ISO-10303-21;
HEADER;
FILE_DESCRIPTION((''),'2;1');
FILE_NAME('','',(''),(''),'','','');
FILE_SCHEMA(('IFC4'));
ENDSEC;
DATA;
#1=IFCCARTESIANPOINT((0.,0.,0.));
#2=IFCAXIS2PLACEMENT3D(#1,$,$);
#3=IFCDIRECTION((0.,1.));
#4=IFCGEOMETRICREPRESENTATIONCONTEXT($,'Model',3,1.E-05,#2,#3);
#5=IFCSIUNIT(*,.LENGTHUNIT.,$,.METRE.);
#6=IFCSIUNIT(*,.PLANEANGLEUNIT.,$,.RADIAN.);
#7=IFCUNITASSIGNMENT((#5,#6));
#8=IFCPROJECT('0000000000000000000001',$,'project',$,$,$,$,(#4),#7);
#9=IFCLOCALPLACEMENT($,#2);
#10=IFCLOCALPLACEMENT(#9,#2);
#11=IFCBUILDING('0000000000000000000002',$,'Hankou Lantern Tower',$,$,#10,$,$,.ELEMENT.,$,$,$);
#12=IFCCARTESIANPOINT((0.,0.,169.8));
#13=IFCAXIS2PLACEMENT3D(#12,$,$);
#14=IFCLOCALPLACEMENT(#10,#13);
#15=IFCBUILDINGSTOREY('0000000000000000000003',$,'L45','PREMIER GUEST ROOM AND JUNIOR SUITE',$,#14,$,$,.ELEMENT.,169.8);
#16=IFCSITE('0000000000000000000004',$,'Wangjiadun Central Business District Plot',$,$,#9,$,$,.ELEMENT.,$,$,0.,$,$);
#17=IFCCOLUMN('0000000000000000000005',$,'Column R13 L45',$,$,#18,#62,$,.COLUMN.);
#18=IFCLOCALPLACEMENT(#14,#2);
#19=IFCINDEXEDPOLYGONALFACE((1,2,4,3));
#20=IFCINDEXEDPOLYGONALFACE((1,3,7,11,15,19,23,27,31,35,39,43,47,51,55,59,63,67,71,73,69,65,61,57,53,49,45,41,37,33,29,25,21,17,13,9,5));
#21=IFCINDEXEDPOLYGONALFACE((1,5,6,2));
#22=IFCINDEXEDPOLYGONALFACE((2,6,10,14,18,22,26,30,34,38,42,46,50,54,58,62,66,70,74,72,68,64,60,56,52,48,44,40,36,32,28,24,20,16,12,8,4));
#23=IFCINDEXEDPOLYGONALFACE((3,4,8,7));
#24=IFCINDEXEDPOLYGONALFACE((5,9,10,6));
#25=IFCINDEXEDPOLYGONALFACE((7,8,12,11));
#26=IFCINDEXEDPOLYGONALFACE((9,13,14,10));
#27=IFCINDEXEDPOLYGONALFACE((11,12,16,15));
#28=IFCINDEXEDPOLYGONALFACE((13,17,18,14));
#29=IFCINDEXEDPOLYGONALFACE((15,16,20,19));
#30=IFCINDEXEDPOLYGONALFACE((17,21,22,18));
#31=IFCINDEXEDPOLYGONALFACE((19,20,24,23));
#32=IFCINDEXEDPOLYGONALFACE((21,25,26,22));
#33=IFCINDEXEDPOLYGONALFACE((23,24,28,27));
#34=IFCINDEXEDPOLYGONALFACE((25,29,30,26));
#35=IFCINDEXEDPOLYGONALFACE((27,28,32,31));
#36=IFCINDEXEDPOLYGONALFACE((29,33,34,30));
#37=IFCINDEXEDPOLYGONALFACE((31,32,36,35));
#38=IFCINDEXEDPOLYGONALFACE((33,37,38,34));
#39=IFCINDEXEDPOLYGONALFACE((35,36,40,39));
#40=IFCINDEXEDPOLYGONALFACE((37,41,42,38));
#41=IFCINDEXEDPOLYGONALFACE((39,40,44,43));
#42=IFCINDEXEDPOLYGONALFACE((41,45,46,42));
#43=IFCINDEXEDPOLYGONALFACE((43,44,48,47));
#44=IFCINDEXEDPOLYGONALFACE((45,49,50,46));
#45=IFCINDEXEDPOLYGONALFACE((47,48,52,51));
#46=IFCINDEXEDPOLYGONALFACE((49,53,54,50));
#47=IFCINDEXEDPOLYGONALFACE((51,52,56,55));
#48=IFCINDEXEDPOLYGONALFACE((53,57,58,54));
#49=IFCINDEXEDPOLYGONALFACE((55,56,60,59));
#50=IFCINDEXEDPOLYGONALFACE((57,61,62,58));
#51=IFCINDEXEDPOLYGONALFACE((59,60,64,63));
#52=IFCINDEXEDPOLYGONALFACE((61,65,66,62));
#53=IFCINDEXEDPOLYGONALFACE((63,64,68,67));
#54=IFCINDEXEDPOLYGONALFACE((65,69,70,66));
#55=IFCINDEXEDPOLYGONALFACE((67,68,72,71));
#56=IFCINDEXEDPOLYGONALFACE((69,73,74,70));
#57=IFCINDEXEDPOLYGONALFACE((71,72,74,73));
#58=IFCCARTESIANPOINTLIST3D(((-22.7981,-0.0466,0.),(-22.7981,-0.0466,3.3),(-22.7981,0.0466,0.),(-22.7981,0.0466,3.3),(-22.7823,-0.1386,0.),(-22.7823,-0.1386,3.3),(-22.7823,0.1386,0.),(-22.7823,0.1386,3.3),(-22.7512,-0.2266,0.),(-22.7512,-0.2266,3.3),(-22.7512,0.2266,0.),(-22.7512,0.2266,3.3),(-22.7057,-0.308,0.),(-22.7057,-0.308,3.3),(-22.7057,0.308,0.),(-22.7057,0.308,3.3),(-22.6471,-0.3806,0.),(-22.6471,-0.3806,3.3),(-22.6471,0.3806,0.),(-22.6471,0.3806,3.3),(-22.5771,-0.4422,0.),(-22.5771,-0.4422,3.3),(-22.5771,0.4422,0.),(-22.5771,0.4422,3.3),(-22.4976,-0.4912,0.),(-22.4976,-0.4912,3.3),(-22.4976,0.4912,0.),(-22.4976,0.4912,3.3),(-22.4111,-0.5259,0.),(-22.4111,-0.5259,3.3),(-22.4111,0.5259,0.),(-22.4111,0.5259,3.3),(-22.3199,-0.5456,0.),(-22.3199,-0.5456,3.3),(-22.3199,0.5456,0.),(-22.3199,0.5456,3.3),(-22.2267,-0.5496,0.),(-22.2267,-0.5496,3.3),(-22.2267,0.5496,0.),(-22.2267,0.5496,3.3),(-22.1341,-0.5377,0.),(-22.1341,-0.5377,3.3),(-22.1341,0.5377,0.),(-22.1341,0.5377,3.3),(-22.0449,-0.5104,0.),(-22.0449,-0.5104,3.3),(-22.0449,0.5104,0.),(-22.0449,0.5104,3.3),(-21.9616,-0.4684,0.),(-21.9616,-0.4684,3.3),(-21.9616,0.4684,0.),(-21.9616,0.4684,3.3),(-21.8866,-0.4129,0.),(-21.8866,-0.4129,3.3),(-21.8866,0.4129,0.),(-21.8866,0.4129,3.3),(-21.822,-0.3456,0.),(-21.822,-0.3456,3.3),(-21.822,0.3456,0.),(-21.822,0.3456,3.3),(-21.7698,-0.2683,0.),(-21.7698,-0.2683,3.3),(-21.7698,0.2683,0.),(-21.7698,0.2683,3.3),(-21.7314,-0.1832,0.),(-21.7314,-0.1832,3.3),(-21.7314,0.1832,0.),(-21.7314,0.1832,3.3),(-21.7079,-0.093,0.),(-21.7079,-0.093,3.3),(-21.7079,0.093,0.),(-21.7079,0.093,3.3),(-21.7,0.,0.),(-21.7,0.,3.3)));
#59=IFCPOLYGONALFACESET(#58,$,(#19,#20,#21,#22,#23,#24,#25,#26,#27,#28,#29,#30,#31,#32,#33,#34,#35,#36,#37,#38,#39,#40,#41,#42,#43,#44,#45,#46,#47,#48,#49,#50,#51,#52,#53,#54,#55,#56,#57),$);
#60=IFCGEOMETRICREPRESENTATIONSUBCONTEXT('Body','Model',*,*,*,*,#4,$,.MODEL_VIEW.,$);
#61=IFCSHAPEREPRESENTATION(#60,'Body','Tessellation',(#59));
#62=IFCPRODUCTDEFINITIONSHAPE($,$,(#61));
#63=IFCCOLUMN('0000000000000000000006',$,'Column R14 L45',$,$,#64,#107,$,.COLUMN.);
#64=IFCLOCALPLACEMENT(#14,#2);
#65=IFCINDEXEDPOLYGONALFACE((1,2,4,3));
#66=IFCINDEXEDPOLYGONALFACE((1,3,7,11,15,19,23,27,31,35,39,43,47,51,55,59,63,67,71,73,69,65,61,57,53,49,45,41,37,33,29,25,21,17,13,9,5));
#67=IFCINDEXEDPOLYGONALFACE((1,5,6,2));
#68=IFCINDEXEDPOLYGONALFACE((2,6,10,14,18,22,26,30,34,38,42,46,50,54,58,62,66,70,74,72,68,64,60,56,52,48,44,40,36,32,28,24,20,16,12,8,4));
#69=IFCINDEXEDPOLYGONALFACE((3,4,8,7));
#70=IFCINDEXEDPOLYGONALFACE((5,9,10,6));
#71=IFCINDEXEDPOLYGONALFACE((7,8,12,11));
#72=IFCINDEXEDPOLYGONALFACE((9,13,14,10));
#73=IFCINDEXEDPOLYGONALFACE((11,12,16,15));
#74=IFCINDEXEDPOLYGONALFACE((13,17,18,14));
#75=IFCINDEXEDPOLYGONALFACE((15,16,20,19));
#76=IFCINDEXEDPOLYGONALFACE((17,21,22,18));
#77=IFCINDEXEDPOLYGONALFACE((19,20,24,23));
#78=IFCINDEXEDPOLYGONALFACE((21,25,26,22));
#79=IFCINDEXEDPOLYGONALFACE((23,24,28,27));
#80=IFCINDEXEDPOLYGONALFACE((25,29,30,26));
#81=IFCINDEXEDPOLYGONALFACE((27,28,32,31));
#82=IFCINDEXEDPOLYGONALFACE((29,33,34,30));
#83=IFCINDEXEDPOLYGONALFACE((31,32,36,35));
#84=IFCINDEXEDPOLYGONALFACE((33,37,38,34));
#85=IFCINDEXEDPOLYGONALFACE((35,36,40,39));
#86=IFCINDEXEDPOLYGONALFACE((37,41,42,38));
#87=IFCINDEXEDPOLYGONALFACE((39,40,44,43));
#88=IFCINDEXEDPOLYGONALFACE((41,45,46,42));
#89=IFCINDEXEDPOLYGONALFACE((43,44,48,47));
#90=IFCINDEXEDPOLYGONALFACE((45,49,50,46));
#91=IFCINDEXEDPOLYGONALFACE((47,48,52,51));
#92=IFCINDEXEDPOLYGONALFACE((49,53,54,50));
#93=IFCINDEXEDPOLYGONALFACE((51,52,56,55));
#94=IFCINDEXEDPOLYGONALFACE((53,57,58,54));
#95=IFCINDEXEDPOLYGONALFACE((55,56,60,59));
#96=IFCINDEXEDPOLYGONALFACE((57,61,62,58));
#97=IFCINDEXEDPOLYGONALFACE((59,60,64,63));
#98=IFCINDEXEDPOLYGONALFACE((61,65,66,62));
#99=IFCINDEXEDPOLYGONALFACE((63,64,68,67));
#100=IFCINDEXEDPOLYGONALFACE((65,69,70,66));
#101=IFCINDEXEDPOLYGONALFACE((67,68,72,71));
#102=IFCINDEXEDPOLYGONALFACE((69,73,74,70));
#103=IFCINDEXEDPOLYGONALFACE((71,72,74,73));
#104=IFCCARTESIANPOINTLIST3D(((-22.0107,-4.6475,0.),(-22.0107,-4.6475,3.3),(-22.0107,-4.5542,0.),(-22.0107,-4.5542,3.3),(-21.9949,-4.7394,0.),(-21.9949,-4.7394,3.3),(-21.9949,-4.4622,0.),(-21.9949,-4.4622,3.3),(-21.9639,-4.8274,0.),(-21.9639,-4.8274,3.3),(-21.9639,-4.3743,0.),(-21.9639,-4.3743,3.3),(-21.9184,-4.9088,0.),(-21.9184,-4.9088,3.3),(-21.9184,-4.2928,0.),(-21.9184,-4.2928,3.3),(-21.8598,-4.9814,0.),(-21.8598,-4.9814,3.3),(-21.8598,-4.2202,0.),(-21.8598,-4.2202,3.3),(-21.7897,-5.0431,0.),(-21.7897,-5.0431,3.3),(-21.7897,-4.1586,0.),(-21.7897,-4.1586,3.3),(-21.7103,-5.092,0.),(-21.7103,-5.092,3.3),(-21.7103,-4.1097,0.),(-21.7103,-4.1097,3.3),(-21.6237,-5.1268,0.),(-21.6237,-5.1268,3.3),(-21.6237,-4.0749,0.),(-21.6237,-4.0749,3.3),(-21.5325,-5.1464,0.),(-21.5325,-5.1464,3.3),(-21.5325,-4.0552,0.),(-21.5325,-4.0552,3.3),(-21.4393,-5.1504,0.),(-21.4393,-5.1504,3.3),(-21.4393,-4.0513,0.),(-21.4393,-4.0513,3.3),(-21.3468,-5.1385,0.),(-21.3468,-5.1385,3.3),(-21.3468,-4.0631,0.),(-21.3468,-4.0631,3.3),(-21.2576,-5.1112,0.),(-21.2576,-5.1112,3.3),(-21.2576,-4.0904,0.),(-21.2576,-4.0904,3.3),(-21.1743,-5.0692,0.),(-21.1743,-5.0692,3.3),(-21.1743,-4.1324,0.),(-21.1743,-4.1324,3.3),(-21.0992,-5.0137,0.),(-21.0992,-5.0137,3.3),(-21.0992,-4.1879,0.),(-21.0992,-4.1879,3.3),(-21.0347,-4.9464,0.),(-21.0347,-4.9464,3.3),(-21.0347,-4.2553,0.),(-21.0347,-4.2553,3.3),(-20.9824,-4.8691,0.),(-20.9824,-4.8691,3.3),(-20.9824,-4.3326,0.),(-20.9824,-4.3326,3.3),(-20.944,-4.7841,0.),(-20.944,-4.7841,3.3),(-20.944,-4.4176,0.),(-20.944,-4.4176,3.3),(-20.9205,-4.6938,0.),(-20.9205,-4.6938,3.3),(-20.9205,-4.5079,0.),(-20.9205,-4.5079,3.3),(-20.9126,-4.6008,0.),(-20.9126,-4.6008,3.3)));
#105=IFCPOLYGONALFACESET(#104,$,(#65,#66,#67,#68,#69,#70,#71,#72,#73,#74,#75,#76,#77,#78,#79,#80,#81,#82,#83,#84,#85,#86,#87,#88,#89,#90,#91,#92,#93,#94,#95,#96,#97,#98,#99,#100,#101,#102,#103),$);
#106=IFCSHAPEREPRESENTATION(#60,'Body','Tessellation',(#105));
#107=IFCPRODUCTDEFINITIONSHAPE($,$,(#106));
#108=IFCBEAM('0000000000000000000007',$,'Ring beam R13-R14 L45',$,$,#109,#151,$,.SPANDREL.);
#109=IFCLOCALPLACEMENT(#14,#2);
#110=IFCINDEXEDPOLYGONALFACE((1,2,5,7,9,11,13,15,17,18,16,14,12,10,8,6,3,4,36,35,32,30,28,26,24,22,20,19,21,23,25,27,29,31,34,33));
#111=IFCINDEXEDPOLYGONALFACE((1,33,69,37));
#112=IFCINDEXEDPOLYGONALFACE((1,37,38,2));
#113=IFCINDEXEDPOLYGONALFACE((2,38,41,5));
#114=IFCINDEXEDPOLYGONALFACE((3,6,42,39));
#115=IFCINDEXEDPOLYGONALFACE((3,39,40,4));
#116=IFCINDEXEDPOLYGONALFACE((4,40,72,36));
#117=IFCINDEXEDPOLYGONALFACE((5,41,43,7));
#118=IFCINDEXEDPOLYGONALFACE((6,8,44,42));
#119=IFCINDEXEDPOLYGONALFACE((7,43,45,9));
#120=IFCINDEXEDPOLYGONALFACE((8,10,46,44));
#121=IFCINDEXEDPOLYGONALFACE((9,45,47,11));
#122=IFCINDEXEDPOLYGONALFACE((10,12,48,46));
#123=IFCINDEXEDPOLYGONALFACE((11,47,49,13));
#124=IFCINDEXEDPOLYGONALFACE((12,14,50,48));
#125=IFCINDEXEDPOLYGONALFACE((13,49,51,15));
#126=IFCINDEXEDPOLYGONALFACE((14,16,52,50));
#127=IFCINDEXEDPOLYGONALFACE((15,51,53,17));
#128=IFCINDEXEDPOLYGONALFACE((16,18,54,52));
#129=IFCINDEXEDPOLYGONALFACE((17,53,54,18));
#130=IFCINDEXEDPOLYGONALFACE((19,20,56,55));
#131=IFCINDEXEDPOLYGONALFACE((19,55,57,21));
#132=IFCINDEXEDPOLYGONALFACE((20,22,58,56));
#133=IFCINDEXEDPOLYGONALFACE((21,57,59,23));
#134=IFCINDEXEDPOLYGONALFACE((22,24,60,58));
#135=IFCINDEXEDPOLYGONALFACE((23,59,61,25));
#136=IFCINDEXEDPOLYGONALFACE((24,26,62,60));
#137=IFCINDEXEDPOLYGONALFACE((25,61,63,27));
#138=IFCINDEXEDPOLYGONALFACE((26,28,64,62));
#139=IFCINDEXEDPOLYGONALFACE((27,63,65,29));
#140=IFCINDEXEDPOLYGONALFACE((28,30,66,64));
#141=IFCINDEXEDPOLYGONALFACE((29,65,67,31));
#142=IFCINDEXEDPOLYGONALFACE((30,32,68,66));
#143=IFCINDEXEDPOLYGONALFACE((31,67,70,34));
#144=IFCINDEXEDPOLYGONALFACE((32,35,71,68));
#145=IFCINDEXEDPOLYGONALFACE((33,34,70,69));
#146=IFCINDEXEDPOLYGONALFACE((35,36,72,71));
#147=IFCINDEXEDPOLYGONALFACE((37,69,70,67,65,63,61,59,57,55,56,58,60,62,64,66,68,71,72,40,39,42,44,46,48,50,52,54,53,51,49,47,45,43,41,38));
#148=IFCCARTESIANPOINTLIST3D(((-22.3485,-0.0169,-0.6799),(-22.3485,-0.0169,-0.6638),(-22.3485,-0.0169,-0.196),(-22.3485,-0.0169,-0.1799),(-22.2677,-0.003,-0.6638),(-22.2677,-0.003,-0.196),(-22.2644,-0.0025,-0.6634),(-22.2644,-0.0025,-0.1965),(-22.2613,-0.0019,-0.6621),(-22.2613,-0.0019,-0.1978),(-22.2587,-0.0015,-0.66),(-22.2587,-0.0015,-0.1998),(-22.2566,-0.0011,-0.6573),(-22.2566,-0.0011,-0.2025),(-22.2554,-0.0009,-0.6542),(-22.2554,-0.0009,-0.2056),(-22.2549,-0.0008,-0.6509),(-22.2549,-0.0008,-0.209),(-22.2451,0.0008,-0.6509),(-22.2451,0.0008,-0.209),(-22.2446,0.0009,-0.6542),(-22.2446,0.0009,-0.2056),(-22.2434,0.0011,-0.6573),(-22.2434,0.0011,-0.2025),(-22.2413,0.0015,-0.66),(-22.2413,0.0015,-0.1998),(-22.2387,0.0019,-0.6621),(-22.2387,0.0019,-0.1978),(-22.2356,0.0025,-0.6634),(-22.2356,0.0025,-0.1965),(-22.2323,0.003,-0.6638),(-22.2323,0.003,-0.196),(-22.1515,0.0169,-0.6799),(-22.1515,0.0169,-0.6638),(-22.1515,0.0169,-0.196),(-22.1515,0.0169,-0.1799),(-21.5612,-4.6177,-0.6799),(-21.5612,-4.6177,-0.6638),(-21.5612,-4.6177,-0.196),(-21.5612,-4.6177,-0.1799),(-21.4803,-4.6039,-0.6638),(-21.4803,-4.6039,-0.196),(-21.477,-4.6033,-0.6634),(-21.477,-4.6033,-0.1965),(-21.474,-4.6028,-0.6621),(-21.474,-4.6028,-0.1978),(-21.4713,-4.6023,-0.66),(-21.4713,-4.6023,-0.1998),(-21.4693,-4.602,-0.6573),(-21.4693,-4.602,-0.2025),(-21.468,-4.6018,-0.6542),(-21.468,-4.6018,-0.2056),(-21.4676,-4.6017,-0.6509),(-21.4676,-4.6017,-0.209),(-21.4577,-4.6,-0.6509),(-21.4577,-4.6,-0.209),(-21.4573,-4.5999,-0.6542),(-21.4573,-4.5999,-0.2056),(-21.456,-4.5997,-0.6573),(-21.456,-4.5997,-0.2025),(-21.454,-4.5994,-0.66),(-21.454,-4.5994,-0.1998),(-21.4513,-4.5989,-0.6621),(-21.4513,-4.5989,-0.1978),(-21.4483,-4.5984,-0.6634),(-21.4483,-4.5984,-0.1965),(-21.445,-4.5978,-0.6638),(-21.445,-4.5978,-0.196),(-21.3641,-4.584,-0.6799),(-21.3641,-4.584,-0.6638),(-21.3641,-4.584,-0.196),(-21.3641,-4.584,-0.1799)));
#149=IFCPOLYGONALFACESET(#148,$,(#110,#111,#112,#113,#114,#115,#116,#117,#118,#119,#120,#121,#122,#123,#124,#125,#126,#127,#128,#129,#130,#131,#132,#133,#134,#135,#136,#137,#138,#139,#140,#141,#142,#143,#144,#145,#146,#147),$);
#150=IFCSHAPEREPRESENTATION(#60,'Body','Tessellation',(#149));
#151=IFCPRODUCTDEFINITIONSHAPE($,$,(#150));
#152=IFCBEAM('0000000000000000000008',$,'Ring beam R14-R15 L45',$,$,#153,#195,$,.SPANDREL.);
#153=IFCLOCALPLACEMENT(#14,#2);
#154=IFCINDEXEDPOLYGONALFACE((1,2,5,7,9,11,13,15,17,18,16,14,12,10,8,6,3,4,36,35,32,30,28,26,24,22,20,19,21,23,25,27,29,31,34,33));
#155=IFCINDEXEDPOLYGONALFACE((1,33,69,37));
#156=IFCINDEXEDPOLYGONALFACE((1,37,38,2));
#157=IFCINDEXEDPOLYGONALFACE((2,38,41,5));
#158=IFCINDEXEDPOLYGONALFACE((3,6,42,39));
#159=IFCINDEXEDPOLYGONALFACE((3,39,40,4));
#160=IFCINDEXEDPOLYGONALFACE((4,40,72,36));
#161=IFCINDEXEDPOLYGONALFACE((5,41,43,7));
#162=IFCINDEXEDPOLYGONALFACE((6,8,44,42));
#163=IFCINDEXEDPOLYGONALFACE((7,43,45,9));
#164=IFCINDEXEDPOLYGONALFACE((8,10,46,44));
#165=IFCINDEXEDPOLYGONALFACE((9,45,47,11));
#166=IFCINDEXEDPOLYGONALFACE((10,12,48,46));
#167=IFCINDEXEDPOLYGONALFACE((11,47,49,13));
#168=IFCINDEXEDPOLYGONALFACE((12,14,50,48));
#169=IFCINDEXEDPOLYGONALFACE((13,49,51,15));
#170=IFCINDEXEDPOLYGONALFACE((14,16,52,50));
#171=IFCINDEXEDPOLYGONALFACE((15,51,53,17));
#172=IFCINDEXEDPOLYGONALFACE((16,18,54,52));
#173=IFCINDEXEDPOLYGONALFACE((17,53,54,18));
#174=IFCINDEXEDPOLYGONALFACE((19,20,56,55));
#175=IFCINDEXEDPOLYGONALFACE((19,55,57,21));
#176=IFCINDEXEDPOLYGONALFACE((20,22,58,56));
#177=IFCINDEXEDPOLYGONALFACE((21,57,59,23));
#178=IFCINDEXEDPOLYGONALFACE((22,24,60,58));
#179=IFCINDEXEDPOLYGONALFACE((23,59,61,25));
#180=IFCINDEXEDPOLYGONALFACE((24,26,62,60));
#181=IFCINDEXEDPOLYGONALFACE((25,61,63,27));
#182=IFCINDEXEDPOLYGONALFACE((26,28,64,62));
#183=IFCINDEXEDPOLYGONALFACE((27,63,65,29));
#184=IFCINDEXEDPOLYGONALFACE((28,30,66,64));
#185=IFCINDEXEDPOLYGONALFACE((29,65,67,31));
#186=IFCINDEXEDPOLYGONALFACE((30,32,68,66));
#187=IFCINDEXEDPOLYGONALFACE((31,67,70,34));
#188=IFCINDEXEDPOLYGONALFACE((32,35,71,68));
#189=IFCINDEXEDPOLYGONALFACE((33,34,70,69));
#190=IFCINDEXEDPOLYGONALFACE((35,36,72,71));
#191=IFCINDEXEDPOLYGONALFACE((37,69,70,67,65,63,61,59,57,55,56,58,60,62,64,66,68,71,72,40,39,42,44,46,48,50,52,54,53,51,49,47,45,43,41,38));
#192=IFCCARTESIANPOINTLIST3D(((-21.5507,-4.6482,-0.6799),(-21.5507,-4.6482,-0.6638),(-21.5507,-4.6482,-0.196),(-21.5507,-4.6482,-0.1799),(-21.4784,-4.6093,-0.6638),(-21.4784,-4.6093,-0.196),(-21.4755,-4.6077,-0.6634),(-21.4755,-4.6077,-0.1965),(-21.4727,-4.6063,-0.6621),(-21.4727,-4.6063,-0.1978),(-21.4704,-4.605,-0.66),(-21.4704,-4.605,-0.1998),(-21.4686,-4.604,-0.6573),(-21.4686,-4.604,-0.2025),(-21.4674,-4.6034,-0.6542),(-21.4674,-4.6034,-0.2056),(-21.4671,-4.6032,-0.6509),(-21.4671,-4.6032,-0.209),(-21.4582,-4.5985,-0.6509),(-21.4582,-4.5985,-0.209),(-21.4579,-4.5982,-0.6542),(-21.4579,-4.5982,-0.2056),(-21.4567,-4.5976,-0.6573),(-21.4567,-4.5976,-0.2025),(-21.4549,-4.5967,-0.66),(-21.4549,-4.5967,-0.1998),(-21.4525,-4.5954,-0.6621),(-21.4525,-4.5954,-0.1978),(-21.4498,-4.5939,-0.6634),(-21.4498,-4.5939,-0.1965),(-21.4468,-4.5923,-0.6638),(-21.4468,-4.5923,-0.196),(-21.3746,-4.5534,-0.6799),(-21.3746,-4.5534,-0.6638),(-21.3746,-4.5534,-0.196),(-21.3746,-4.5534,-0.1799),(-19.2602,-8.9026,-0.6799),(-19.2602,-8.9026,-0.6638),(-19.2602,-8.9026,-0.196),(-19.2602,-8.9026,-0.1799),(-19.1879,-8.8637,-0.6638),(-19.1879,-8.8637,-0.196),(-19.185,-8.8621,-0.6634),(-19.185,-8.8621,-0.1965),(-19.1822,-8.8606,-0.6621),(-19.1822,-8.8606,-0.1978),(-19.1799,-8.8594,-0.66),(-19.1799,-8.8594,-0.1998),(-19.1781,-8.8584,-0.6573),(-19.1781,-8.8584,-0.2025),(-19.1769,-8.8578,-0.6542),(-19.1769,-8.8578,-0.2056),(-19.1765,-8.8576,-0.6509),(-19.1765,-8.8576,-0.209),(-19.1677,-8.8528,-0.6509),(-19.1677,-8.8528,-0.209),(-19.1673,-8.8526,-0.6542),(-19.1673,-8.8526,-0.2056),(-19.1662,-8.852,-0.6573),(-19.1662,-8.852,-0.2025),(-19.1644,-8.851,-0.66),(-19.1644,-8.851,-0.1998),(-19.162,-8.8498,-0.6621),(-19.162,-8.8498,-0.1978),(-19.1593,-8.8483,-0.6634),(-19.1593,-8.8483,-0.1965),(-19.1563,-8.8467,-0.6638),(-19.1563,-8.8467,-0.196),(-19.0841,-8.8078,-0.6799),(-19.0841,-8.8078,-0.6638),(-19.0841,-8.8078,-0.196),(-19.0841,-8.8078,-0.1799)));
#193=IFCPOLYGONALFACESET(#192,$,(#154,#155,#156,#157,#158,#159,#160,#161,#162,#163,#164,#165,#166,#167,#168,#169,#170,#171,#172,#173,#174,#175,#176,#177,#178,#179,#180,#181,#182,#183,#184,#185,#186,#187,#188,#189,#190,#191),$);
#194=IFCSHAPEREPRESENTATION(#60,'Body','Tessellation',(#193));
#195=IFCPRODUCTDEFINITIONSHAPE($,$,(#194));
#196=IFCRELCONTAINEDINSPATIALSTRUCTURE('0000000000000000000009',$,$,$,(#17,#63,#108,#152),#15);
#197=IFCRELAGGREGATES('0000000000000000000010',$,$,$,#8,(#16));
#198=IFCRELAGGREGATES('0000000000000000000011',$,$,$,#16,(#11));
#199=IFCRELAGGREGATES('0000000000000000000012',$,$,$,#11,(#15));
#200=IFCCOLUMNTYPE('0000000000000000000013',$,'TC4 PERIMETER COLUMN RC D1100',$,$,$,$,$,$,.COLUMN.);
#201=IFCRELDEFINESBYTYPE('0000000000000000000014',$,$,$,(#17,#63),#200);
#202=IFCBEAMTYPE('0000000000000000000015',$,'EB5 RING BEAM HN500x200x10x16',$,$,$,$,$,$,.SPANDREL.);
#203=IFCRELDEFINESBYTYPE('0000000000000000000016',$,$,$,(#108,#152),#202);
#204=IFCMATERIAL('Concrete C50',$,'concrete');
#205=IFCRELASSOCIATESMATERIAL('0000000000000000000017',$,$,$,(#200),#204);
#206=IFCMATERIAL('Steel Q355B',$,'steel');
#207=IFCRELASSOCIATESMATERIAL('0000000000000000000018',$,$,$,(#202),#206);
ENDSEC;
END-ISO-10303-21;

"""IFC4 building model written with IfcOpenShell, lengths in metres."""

from ifc_helpers import new_model, si_unit, direction, frame, origin, origin_2d, place, context, subcontext, project, spatial, circle, i_section, extrude, material, material_profile, profile_set, type_object, element, save


model = new_model("IFC4")

# Units and contexts
model_context = context("Model", 3, precision=1e-05, world=origin(), true_north=direction((0.0, 1.0)))
body_context = subcontext(model_context, "Body", "Model", "MODEL_VIEW")
ifc_project = project(units=[si_unit("LENGTHUNIT", "METRE"), si_unit("PLANEANGLEUNIT", "RADIAN")], contexts=[model_context])

# Site, building, storey
site_placement = place(None, origin())
site = spatial("IfcSite", under=ifc_project, at=site_placement, Name="Wangjiadun Central Business District Plot", CompositionType="ELEMENT", RefElevation=0.0)
building_placement = place(site_placement, origin())
building = spatial("IfcBuilding", under=site, at=building_placement, Name="Hankou Lantern Tower", CompositionType="ELEMENT")
storey_placement = place(building_placement, frame((0.0, 0.0, 169.8)))
storey = spatial("IfcBuildingStorey", under=building, at=storey_placement, Name="L45", Description="PREMIER GUEST ROOM AND JUNIOR SUITE", CompositionType="ELEMENT", Elevation=169.8)

# Columns
ifc_material_1 = material(Name="Concrete C50", Category="concrete")
ifc_material_profile_1 = material_profile(ifc_material_1, circle(Radius=0.55, at=origin_2d()), Name="RC D1100")
ifc_profile_set_1 = profile_set([ifc_material_profile_1], Name="Concrete C50")
column_type = type_object("IfcColumnType", Name="TC4 PERIMETER COLUMN RC D1100", PredefinedType="COLUMN", material=ifc_profile_set_1)
for number, where, z_axis, x_axis, name in (
    (1, (-22.25, 0.0, 0.0), (0.0, 0.0, 1.0), (1.0, 0.0, 0.0), "Column R13 L45"),
    (2, (-21.4626, -4.6008, 0.0), (0.0, 0.0, 1.0), (1.0, 0.0, 0.0), "Column R14 L45"),
):
    element("IfcColumn", number, at=place(storey_placement, frame(where, z_axis=z_axis, x_axis=x_axis)), inside=storey, type_object=column_type, Name=name, PredefinedType="COLUMN", context=body_context, shape_type="SweptSolid", body=[
        extrude(circle(Radius=0.55, at=origin_2d()), origin(), (0.0, 0.0, 1.0), 3.3),
    ])

# Beams
ifc_material_2 = material(Name="Steel Q355B", Category="steel")
ifc_material_profile_2 = material_profile(ifc_material_2, i_section(OverallWidth=0.2, OverallDepth=0.5, WebThickness=0.01, FlangeThickness=0.0161, FilletRadius=0.0129, at=origin_2d()), Name="HN500x200x10x16")
ifc_profile_set_2 = profile_set([ifc_material_profile_2], Name="Steel Q355B")
beam_type_1 = type_object("IfcBeamType", Name="EB5 RING BEAM HN500x200x10x16", PredefinedType="SPANDREL", material=ifc_profile_set_2)
beam_1_placement = place(storey_placement, frame((-22.25, 0.0, -0.4299), z_axis=(0.168681, -0.985671, 0.0), x_axis=(0.985671, 0.168681, 0.0)))
element("IfcBeam", 3, at=beam_1_placement, inside=storey, type_object=beam_type_1, Name="Ring beam R13-R14 L45", PredefinedType="SPANDREL", context=body_context, shape_type="SweptSolid", body=[
    extrude(i_section(OverallWidth=0.2, OverallDepth=0.5, WebThickness=0.01, FlangeThickness=0.0161, FilletRadius=0.0129, at=origin_2d()), origin(), (0.0, 0.0, 1.0), 4.6677),
])
beam_2_placement = place(storey_placement, frame((-21.4626, -4.6008, -0.4299), z_axis=(0.474052, -0.880497, 0.0), x_axis=(0.880497, 0.474052, 0.0)))
element("IfcBeam", 4, at=beam_2_placement, inside=storey, type_object=beam_type_1, Name="Ring beam R14-R15 L45", PredefinedType="SPANDREL", context=body_context, shape_type="SweptSolid", body=[
    extrude(i_section(OverallWidth=0.2, OverallDepth=0.5, WebThickness=0.01, FlangeThickness=0.0161, FilletRadius=0.0129, at=origin_2d()), origin(), (0.0, 0.0, 1.0), 4.8318),
])

save(model, "model.ifc")
